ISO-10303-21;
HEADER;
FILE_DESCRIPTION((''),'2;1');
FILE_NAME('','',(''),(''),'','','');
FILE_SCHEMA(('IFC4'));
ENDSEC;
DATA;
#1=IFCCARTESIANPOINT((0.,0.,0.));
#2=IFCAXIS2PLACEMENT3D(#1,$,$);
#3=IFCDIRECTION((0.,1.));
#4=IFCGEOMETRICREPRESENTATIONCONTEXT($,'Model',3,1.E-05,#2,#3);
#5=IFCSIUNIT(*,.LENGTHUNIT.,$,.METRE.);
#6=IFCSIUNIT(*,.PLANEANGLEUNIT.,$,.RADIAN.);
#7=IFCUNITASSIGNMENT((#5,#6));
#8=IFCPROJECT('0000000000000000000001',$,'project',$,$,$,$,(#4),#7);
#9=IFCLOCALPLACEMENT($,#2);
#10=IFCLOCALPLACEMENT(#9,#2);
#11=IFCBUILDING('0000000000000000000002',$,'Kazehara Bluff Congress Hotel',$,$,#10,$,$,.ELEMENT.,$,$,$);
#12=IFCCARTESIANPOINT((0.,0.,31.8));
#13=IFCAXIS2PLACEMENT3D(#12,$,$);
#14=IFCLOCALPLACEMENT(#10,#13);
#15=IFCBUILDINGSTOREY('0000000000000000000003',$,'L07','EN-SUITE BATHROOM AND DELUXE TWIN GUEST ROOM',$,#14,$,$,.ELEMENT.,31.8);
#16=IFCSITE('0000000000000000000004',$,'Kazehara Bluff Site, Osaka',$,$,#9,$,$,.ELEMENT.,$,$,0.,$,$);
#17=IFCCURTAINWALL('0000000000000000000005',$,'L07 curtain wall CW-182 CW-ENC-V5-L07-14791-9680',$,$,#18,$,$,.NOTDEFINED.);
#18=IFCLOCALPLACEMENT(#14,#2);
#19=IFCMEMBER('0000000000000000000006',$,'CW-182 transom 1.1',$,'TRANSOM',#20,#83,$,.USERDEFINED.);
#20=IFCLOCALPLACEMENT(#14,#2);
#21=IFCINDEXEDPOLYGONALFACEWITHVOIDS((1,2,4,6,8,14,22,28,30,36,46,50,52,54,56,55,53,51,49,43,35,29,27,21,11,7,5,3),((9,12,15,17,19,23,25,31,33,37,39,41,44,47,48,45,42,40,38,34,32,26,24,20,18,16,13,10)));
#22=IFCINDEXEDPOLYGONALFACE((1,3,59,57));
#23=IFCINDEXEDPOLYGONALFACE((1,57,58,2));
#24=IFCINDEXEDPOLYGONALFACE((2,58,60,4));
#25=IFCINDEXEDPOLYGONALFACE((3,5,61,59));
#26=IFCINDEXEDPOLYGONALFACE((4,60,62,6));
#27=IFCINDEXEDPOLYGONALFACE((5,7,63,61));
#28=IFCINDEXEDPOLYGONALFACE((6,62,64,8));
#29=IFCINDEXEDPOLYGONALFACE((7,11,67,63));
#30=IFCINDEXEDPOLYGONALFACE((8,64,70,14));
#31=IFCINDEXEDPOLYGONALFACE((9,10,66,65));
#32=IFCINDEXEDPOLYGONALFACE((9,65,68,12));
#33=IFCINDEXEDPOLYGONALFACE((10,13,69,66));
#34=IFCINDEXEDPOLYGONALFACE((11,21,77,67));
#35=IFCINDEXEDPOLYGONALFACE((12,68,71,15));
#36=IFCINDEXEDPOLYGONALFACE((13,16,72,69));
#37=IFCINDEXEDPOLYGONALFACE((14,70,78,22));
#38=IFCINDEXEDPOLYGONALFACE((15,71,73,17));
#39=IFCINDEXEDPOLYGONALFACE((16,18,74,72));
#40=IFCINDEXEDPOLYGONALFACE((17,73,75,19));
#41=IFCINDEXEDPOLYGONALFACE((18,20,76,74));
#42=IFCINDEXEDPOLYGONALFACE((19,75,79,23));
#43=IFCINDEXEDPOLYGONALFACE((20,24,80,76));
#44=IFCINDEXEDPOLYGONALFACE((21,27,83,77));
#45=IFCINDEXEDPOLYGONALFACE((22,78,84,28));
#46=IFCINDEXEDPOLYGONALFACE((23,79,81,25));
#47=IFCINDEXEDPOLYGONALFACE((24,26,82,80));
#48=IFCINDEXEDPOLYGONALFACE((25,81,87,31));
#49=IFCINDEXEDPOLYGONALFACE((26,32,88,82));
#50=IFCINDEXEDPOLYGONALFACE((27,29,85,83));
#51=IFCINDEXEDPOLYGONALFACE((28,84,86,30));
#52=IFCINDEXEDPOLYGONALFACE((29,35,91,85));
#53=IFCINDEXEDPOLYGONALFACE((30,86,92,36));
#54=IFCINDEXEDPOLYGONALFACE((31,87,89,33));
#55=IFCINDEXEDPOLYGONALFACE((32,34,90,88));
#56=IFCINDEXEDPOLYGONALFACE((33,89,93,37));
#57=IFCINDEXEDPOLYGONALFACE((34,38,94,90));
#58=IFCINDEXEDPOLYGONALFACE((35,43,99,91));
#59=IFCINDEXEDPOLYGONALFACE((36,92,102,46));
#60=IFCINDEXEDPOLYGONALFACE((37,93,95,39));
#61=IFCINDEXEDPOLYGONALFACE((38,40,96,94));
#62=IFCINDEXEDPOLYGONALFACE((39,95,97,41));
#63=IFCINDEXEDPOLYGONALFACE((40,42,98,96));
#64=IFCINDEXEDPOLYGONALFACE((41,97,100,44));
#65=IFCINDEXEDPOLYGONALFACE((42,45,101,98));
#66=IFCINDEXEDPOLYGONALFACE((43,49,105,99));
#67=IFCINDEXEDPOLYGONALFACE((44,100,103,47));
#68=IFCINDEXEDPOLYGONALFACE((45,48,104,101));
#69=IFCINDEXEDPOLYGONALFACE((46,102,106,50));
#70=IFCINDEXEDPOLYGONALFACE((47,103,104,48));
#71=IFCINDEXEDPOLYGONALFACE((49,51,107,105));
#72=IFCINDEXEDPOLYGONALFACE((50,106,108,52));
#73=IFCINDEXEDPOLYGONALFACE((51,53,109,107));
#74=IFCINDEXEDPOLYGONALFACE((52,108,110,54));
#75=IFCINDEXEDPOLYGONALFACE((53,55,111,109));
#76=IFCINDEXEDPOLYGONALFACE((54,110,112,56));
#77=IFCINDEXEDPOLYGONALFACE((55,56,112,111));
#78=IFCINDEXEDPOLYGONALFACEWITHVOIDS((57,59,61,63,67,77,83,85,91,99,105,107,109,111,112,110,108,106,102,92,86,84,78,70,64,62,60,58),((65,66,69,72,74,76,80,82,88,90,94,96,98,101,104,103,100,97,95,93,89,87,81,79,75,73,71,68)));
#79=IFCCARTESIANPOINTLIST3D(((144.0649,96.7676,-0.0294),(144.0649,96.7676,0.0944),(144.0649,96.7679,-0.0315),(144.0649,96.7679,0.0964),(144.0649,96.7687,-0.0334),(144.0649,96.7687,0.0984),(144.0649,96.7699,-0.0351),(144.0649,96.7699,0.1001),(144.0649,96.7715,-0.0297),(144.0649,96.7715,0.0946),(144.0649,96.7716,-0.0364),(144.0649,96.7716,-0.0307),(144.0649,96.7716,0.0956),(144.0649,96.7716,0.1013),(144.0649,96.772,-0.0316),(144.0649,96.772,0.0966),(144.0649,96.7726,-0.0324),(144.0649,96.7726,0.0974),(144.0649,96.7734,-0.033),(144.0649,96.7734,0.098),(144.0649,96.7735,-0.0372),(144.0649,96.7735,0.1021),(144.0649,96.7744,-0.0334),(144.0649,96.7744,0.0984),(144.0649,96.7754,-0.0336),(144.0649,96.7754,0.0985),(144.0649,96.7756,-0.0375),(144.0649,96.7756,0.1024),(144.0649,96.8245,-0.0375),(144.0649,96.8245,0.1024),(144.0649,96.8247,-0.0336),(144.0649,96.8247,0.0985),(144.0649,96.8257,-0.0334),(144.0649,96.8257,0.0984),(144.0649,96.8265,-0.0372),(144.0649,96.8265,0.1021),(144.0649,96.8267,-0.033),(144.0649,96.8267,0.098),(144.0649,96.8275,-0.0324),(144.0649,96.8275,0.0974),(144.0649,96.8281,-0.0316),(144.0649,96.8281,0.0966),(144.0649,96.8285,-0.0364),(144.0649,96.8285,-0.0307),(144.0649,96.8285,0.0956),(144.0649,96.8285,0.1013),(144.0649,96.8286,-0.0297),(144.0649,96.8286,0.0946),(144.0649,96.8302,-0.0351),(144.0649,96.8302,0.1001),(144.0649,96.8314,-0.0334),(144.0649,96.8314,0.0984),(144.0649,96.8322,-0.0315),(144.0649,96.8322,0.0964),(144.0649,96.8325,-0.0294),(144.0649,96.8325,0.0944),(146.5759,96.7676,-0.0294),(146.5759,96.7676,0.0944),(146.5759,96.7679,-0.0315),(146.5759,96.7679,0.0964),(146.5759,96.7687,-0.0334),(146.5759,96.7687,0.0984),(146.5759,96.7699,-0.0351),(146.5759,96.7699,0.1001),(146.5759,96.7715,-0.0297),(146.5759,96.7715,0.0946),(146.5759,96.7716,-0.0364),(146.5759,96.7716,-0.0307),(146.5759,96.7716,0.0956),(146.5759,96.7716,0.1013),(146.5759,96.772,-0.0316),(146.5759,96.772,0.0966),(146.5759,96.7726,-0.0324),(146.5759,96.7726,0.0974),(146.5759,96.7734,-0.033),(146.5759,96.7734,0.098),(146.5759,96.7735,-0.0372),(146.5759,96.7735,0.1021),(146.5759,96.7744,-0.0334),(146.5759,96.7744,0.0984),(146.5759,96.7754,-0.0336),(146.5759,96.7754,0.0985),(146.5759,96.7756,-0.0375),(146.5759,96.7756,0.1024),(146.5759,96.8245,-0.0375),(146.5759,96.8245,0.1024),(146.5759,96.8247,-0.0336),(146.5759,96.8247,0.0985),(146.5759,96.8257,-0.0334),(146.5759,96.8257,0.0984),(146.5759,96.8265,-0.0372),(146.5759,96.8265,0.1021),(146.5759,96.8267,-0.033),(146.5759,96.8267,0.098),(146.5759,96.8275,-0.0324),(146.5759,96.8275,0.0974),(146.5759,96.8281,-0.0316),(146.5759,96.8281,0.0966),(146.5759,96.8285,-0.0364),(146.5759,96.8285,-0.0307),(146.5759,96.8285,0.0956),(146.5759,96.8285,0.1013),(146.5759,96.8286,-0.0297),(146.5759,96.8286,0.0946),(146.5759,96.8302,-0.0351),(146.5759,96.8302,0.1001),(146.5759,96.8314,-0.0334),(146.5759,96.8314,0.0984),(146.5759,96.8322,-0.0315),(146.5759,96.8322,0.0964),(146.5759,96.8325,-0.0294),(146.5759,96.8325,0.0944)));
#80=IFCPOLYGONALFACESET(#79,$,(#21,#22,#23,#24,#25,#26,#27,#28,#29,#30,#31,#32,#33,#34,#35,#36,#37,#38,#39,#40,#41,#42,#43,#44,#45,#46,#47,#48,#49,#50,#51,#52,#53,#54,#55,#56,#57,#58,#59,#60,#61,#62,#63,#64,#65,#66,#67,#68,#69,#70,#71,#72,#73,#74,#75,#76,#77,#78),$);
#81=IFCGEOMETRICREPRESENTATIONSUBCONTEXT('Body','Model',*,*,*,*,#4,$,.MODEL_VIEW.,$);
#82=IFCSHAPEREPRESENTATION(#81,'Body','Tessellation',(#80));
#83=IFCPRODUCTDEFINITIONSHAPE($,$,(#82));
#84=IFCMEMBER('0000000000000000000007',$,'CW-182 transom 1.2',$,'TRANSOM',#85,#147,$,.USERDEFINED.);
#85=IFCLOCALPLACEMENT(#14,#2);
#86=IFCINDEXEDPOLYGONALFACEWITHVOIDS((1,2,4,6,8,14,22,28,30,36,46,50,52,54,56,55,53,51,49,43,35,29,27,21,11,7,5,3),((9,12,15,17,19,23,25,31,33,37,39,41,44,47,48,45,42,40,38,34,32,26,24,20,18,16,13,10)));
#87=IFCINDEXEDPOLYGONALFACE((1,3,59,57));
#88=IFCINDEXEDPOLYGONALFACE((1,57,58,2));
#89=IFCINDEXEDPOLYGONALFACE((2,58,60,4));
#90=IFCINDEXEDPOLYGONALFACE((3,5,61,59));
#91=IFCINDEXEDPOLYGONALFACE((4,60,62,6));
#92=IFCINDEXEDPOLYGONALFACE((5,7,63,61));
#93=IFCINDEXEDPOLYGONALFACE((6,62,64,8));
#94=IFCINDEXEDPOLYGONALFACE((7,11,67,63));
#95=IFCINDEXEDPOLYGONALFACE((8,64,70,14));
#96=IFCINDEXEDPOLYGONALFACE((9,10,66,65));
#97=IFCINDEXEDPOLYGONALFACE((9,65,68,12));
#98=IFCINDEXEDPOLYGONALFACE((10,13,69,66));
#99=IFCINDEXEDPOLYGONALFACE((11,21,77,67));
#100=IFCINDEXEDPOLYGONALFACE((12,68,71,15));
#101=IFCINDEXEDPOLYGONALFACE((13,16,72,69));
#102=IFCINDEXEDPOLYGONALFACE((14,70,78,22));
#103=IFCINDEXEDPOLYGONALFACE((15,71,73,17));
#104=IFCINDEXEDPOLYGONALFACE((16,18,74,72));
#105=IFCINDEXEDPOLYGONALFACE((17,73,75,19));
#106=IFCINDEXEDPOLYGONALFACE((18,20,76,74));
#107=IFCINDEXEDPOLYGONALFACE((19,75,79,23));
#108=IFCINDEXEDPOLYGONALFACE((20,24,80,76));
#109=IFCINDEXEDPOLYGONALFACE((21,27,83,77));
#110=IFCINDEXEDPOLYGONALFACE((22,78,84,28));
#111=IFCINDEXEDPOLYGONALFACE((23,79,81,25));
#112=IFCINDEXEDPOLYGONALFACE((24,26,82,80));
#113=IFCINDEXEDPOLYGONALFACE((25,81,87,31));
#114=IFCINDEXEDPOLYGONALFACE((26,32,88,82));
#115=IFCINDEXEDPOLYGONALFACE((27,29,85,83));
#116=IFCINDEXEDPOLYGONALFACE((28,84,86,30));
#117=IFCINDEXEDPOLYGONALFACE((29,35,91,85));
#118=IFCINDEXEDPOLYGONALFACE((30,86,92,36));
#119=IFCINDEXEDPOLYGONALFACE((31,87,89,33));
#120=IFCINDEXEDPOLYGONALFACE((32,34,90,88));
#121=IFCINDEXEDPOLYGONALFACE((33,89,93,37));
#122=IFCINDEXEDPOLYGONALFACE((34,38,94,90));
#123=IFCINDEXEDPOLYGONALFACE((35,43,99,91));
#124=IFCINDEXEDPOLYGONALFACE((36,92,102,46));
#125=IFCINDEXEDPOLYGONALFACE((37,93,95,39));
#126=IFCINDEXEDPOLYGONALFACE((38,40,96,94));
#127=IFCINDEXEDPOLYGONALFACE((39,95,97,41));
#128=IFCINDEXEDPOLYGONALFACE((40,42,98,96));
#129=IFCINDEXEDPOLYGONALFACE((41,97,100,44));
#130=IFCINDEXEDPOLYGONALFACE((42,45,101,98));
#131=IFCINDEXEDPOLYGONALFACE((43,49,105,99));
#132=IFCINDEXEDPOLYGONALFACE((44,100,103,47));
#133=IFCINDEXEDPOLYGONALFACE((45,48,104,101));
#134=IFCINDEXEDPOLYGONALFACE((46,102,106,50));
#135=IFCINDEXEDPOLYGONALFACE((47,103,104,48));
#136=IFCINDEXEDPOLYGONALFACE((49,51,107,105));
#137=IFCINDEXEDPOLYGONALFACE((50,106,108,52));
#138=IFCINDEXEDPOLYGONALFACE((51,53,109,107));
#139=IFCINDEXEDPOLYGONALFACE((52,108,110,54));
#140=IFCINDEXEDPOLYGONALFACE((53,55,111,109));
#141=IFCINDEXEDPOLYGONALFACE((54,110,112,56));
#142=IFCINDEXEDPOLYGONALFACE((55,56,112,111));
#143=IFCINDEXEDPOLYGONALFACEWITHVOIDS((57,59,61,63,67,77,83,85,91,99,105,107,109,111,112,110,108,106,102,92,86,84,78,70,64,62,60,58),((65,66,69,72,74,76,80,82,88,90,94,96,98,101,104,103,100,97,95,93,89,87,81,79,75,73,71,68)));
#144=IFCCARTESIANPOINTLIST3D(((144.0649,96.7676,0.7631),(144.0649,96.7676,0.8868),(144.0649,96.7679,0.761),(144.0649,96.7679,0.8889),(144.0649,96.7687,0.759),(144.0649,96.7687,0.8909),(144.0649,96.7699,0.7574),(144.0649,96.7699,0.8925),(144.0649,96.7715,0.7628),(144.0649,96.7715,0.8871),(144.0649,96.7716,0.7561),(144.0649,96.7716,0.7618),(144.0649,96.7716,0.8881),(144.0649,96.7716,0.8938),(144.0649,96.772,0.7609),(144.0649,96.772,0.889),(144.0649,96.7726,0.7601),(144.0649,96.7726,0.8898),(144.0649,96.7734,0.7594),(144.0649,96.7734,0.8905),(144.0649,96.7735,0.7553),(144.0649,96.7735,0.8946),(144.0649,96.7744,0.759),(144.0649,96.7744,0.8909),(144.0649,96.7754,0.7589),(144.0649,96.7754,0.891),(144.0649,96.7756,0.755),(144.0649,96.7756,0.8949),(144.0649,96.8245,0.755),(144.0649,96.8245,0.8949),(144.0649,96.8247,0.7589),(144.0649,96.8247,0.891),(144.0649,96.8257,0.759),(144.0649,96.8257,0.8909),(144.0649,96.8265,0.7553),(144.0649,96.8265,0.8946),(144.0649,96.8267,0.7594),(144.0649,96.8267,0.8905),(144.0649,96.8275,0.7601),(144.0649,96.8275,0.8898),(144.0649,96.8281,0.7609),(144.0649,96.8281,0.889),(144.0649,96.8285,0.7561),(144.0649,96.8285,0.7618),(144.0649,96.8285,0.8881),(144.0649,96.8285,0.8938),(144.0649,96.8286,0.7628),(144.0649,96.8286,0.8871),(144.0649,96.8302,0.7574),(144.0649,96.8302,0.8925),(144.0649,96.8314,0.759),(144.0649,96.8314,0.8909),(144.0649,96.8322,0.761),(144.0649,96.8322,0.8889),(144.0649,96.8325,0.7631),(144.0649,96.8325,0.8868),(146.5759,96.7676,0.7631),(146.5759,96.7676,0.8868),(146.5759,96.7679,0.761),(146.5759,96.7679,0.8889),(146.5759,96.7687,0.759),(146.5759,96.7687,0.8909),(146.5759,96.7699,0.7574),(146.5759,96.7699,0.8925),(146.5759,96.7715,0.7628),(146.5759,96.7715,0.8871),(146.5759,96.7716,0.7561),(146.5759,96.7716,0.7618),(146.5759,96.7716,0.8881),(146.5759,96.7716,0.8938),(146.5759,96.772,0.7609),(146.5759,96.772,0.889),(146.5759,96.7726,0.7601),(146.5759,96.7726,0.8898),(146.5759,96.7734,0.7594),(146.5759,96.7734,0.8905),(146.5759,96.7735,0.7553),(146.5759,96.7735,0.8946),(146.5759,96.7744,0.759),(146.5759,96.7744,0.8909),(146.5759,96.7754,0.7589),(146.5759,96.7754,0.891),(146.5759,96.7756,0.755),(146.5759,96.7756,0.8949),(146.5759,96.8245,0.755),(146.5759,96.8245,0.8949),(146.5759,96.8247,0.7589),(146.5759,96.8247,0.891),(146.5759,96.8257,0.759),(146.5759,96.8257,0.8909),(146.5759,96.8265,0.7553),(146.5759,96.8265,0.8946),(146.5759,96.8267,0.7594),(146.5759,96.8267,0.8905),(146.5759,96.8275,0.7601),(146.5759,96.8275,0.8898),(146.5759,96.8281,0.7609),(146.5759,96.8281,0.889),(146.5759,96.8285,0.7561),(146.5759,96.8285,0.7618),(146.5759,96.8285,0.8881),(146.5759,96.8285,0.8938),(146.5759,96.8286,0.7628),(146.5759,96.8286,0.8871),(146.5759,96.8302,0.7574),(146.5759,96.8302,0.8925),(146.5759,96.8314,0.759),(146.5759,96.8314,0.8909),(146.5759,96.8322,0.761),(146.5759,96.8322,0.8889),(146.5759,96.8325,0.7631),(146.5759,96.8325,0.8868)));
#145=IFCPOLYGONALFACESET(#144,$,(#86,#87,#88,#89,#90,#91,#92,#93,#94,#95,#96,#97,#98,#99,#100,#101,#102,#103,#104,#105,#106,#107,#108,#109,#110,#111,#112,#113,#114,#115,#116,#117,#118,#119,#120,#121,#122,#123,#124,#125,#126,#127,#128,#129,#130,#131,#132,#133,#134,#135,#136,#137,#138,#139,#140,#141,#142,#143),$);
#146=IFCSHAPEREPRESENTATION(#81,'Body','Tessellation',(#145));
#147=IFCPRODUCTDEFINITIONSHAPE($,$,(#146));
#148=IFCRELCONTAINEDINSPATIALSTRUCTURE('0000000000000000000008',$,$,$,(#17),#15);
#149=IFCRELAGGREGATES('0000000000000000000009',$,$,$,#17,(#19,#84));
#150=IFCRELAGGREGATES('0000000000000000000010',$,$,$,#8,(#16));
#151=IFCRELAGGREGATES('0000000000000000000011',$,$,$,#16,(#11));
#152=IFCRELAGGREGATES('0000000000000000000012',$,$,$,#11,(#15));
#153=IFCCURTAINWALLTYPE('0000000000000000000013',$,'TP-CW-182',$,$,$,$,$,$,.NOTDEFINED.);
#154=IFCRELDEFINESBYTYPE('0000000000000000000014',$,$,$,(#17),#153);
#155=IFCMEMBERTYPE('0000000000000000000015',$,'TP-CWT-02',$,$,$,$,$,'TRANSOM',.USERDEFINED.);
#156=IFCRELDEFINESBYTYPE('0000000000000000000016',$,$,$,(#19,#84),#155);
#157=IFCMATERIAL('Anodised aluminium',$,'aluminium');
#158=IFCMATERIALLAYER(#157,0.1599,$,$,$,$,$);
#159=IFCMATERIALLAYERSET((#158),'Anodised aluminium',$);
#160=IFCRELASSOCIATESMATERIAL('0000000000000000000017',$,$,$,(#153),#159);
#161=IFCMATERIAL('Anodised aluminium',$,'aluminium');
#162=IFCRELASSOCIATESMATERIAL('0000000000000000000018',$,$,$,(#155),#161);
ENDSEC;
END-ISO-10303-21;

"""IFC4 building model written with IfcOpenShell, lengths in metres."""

from ifc_helpers import new_model, si_unit, direction, frame, origin, origin_2d, place, context, subcontext, project, spatial, hollow_rectangle, extrude, material, layer, layer_set, material_profile, profile_set, type_object, element, aggregate, save


model = new_model("IFC4")

# Units and contexts
model_context = context("Model", 3, precision=1e-05, world=origin(), true_north=direction((0.0, 1.0)))
body_context = subcontext(model_context, "Body", "Model", "MODEL_VIEW")
ifc_project = project(units=[si_unit("LENGTHUNIT", "METRE"), si_unit("PLANEANGLEUNIT", "RADIAN")], contexts=[model_context])

# Site, building, storey
site_placement = place(None, origin())
site = spatial("IfcSite", under=ifc_project, at=site_placement, Name="Kazehara Bluff Site, Osaka", CompositionType="ELEMENT", RefElevation=0.0)
building_placement = place(site_placement, origin())
building = spatial("IfcBuilding", under=site, at=building_placement, Name="Kazehara Bluff Congress Hotel", CompositionType="ELEMENT")
storey_placement = place(building_placement, frame((0.0, 0.0, 31.8)))
storey = spatial("IfcBuildingStorey", under=building, at=storey_placement, Name="L07", Description="EN-SUITE BATHROOM AND DELUXE TWIN GUEST ROOM", CompositionType="ELEMENT", Elevation=31.8)

# Curtain wall, members
ifc_material_1 = material(Name="Anodised aluminium", Category="aluminium")
ifc_layer_1 = layer(ifc_material_1, 0.1599)
ifc_layer_set_1 = layer_set([ifc_layer_1], Name="Anodised aluminium")
curtain_wall_type_1 = type_object("IfcCurtainWallType", Name="TP-CW-182", PredefinedType="NOTDEFINED", material=ifc_layer_set_1)
curtain_wall_1_placement = place(storey_placement, origin())
curtain_wall_1 = element("IfcCurtainWall", 1, at=curtain_wall_1_placement, inside=storey, type_object=curtain_wall_type_1, Name="L07 curtain wall CW-182 CW-ENC-V5-L07-14791-9680", PredefinedType="NOTDEFINED")
ifc_material_2 = material(Name="Anodised aluminium", Category="aluminium")
ifc_material_profile_1 = material_profile(ifc_material_2, hollow_rectangle(XDim=0.0649, YDim=0.1399, WallThickness=0.0039, InnerFilletRadius=0.0039, OuterFilletRadius=0.0081, at=origin_2d()))
ifc_profile_set_1 = profile_set([ifc_material_profile_1], Name="Anodised aluminium")
member_type_1 = type_object("IfcMemberType", Name="TP-CWT-02", ElementType="TRANSOM", PredefinedType="USERDEFINED", material=ifc_profile_set_1)
member_1_placement = place(storey_placement, frame((144.0649, 96.8, 0.0325), z_axis=(1.0, 0.0, 0.0), x_axis=(0.0, 1.0, 0.0)))
member_1 = element("IfcMember", 2, at=member_1_placement, type_object=member_type_1, Name="CW-182 transom 1.1", ObjectType="TRANSOM", PredefinedType="USERDEFINED", context=body_context, shape_type="SweptSolid", body=[
    extrude(hollow_rectangle(XDim=0.0649, YDim=0.1399, WallThickness=0.0039, InnerFilletRadius=0.0039, OuterFilletRadius=0.0081, at=origin_2d()), origin(), (0.0, 0.0, 1.0), 2.511),
])
member_2_placement = place(storey_placement, frame((144.0649, 96.8, 0.825), z_axis=(1.0, 0.0, 0.0), x_axis=(0.0, 1.0, 0.0)))
member_2 = element("IfcMember", 3, at=member_2_placement, type_object=member_type_1, Name="CW-182 transom 1.2", ObjectType="TRANSOM", PredefinedType="USERDEFINED", context=body_context, shape_type="SweptSolid", body=[
    extrude(hollow_rectangle(XDim=0.0649, YDim=0.1399, WallThickness=0.0039, InnerFilletRadius=0.0039, OuterFilletRadius=0.0081, at=origin_2d()), origin(), (0.0, 0.0, 1.0), 2.511),
])

aggregate(curtain_wall_1, [member_1, member_2])

save(model, "model.ifc")
